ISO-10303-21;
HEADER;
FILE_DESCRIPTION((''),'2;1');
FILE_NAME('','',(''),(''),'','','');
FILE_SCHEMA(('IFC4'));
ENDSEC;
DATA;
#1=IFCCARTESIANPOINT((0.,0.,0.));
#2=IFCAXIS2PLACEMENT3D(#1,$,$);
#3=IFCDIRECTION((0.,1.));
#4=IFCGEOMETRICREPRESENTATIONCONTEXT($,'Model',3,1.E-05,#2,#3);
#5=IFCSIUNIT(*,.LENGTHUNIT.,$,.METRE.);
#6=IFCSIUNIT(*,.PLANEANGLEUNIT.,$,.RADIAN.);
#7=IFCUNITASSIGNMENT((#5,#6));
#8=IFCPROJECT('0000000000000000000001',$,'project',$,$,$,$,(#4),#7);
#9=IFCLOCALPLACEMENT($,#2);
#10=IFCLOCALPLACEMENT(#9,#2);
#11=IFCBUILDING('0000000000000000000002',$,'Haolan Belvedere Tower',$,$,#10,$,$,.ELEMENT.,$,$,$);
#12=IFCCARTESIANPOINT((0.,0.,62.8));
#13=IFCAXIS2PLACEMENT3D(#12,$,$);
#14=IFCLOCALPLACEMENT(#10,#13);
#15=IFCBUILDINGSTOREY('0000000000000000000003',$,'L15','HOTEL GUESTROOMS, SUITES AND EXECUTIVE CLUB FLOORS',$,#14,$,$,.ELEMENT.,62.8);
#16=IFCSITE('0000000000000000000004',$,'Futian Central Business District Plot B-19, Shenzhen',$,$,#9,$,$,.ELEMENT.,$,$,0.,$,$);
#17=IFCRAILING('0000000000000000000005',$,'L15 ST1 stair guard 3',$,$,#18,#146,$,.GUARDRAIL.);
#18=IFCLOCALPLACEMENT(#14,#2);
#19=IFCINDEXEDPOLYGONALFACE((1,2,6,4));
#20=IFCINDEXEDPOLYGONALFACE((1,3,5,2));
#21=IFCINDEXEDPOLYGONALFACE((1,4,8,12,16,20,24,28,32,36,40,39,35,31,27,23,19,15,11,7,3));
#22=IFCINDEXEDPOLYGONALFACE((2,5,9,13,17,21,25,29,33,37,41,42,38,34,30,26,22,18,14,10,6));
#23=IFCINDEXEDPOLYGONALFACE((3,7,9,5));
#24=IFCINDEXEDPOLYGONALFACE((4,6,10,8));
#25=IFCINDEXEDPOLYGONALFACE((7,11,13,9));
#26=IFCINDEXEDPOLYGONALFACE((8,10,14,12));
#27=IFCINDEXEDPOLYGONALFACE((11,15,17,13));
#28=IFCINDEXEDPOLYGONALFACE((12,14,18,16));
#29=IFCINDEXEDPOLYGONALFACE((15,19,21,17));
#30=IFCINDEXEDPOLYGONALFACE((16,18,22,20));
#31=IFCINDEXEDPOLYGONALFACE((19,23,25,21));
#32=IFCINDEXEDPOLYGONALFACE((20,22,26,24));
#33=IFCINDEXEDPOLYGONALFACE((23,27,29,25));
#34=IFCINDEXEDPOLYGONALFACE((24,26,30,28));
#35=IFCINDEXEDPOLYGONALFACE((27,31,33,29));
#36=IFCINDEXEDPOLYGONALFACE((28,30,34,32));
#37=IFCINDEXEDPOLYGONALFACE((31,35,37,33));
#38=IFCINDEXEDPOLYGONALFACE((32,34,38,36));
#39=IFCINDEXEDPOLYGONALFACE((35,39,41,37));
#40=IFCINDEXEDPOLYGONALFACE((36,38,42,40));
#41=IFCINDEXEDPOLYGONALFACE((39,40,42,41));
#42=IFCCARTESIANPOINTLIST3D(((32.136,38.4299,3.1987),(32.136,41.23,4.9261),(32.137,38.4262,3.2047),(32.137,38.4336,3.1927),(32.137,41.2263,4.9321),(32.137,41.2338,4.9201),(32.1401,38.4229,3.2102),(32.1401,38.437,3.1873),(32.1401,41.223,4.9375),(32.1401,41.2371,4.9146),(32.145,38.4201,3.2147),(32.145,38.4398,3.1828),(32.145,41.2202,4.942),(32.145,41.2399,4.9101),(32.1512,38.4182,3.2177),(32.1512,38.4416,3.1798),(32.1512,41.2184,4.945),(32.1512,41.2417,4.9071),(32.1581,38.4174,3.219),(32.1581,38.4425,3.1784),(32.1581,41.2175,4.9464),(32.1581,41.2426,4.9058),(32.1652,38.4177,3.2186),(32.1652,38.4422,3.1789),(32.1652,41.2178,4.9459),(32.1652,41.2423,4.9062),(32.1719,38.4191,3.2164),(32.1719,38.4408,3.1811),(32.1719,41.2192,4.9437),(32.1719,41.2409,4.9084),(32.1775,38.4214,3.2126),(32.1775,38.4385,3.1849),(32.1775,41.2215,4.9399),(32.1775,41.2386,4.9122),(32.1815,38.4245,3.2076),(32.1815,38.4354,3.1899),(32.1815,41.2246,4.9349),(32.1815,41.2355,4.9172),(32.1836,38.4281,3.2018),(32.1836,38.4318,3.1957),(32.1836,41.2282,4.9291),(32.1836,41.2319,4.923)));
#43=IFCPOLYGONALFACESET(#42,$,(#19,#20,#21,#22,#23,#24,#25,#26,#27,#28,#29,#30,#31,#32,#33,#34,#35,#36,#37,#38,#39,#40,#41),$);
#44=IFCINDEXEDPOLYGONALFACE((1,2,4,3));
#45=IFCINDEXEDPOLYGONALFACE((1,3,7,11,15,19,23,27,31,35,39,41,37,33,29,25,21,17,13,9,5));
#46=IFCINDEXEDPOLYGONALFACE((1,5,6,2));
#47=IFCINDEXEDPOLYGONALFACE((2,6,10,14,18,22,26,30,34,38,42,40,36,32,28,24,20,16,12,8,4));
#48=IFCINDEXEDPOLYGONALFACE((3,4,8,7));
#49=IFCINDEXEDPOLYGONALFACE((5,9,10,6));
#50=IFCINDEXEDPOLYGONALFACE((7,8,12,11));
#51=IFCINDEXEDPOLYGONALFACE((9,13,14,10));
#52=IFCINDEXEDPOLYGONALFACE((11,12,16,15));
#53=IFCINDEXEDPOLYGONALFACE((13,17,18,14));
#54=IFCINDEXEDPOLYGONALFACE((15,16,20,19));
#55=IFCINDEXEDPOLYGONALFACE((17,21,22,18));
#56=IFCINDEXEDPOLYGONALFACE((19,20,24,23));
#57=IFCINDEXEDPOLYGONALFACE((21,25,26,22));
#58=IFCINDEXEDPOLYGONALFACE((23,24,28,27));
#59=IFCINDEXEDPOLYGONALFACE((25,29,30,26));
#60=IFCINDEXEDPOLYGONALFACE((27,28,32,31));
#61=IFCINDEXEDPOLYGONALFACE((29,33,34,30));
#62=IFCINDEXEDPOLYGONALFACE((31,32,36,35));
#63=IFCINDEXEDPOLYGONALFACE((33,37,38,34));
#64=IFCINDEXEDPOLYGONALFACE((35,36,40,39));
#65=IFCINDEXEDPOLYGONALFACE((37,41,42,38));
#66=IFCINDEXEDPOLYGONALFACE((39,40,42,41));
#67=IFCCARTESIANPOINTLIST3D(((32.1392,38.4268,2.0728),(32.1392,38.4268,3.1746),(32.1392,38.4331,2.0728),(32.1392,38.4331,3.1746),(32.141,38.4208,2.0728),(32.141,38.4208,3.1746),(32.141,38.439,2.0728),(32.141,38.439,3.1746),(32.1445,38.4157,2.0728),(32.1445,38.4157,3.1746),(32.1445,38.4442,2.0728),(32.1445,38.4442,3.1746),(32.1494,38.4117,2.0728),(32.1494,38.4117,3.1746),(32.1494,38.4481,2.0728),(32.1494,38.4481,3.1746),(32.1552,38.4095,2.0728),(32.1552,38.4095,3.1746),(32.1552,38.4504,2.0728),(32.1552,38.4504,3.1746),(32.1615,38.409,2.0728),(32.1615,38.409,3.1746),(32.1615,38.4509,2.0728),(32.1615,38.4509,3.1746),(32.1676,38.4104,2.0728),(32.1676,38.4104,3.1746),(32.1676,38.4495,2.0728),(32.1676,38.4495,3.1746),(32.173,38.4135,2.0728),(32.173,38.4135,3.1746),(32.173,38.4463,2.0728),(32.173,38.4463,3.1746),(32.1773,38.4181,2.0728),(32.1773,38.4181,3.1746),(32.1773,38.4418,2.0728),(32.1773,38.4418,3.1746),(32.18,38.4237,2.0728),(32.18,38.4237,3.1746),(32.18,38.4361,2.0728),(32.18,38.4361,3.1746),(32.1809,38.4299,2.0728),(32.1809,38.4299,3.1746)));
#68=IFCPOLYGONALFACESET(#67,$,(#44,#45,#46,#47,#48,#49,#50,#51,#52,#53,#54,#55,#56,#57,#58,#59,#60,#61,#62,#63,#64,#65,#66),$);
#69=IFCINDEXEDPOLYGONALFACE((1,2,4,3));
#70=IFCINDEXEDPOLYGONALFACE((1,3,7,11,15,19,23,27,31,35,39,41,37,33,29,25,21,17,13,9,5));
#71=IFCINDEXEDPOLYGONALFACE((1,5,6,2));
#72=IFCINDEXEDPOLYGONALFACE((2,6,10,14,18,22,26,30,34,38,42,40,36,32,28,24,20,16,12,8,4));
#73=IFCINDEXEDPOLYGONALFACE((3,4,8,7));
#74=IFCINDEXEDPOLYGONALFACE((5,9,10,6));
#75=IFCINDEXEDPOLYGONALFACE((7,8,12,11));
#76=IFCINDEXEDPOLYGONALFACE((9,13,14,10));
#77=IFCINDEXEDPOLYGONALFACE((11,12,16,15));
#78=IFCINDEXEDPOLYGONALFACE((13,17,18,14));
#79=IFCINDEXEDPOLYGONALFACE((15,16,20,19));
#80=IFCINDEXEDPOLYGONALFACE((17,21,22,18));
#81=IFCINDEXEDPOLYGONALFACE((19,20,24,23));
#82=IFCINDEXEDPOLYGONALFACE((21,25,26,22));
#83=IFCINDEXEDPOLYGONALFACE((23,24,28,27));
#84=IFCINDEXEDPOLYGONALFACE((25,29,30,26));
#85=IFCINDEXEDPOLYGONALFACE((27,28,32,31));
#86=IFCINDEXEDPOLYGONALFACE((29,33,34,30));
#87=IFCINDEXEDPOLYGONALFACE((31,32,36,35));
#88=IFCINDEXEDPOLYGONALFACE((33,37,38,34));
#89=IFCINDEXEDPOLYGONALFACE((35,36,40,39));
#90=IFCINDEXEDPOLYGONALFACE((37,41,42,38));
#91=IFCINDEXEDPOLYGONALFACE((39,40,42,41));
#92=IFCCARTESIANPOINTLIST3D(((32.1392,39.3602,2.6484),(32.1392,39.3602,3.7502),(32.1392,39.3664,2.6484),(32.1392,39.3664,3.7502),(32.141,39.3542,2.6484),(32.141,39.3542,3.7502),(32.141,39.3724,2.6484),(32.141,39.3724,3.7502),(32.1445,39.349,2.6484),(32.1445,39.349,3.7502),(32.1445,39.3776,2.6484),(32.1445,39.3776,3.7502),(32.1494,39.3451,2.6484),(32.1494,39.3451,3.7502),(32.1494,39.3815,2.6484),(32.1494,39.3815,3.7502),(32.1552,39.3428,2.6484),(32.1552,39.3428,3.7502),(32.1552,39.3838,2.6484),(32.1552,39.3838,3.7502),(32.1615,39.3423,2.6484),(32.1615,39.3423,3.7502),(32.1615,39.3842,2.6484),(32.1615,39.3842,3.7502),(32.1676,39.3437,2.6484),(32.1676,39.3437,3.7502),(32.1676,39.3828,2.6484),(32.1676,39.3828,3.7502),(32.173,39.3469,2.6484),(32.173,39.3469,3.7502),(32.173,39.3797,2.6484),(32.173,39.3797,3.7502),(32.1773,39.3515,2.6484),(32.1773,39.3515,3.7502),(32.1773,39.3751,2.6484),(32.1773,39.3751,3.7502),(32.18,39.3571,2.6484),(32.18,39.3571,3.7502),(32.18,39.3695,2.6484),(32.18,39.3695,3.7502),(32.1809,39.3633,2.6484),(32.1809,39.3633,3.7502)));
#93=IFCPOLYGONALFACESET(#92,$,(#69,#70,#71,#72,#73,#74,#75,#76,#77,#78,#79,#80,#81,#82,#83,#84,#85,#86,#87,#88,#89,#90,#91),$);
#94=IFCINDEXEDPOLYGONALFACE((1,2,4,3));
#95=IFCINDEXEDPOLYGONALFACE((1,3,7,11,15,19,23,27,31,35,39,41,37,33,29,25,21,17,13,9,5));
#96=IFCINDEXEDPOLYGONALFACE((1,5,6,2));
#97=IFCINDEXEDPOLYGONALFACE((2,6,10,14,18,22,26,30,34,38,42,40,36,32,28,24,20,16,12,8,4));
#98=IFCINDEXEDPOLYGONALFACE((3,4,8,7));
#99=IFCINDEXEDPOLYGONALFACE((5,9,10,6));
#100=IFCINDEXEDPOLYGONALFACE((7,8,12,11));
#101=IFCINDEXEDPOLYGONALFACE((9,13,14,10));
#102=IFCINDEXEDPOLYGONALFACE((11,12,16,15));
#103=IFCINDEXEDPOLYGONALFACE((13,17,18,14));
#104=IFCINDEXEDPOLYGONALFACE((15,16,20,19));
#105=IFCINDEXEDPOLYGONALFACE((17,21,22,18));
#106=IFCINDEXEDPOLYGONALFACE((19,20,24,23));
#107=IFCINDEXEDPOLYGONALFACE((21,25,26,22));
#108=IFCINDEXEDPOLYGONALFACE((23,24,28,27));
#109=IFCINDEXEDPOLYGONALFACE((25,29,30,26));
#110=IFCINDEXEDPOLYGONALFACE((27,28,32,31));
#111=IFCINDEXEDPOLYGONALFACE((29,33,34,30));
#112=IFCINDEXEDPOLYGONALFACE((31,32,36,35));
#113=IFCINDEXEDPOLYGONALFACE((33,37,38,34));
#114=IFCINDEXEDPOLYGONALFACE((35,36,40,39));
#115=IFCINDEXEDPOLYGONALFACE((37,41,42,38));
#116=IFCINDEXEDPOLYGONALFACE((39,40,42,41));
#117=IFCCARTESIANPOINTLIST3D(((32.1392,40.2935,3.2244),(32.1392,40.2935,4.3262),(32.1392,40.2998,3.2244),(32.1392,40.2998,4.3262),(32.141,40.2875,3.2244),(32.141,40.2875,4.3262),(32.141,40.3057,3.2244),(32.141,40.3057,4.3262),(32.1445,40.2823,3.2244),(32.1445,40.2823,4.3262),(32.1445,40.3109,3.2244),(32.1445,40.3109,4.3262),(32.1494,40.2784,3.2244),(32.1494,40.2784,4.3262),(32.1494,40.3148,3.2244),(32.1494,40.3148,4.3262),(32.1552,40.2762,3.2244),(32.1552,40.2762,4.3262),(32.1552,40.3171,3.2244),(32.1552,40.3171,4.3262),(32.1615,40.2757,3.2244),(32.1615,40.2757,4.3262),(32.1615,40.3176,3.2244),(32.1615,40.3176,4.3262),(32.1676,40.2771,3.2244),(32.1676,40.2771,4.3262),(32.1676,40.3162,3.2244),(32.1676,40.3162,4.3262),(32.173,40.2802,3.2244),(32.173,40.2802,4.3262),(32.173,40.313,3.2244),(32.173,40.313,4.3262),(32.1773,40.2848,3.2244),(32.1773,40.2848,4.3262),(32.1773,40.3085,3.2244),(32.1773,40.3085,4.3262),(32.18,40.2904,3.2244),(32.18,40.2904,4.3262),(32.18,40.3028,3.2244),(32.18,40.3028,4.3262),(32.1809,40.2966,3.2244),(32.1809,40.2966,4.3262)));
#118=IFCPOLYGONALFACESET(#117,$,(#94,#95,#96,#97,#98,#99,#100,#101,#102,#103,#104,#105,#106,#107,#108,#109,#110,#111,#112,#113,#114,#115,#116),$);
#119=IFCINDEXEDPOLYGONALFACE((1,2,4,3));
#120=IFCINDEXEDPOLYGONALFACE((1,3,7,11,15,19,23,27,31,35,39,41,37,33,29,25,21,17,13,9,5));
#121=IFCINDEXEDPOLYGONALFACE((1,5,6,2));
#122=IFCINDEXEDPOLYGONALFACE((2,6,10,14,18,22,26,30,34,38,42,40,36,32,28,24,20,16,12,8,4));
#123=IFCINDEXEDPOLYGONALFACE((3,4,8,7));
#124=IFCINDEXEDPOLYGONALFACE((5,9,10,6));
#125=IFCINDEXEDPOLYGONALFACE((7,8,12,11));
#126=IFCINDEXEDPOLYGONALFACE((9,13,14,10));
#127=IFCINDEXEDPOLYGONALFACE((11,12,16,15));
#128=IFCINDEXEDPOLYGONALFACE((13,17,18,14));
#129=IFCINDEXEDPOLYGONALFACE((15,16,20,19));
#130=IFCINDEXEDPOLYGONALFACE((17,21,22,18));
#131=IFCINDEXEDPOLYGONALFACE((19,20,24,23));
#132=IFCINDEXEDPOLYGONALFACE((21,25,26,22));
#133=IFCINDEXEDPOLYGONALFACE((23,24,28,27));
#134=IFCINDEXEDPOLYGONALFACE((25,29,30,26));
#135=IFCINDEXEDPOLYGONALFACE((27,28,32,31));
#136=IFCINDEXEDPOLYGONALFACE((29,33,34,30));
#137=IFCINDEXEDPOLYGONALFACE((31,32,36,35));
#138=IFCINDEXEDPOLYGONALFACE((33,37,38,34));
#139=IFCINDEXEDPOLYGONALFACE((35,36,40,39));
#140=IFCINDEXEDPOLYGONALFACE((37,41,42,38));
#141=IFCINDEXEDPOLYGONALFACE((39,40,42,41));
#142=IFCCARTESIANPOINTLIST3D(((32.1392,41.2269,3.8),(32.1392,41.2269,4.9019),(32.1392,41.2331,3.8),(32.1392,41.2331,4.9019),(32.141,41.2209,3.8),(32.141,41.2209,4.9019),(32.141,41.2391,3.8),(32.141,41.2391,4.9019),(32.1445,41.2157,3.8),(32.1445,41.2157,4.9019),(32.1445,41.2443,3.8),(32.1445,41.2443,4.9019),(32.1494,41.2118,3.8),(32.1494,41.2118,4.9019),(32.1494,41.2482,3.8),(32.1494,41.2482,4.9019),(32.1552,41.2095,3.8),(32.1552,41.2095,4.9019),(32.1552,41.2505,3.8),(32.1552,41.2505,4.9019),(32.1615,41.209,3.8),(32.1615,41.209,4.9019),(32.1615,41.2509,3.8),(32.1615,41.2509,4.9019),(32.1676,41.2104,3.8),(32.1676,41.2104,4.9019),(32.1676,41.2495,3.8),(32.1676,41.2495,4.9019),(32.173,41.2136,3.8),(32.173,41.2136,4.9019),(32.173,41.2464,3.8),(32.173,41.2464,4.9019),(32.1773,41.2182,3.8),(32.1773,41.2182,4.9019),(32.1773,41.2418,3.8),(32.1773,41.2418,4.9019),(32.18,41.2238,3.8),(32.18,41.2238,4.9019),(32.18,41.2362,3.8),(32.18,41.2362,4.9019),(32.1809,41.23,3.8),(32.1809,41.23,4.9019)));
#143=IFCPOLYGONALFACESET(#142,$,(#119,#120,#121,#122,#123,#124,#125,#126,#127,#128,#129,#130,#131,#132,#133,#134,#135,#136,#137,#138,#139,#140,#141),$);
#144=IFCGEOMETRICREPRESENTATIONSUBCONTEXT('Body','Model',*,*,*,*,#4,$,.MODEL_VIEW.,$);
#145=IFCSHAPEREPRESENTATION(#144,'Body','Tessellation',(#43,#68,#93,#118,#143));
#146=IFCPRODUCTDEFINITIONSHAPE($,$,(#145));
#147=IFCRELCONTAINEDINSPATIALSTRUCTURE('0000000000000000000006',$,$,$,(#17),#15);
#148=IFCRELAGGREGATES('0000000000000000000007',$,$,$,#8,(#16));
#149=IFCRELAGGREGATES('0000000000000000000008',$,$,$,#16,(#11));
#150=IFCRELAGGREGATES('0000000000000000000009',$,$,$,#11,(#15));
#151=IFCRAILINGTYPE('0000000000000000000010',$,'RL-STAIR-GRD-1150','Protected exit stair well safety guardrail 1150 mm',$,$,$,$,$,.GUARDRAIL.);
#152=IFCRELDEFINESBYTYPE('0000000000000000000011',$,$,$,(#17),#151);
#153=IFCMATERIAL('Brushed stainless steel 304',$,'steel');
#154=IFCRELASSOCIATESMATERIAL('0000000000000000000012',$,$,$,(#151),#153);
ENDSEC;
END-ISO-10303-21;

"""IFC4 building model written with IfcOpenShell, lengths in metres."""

from ifc_helpers import new_model, si_unit, direction, frame, origin, origin_2d, place, context, subcontext, project, spatial, circle, extrude, material, type_object, element, save


model = new_model("IFC4")

# Units and contexts
model_context = context("Model", 3, precision=1e-05, world=origin(), true_north=direction((0.0, 1.0)))
body_context = subcontext(model_context, "Body", "Model", "MODEL_VIEW")
ifc_project = project(units=[si_unit("LENGTHUNIT", "METRE"), si_unit("PLANEANGLEUNIT", "RADIAN")], contexts=[model_context])

# Site, building, storey
site_placement = place(None, origin())
site = spatial("IfcSite", under=ifc_project, at=site_placement, Name="Futian Central Business District Plot B-19, Shenzhen", CompositionType="ELEMENT", RefElevation=0.0)
building_placement = place(site_placement, origin())
building = spatial("IfcBuilding", under=site, at=building_placement, Name="Haolan Belvedere Tower", CompositionType="ELEMENT")
storey_placement = place(building_placement, frame((0.0, 0.0, 62.8)))
storey = spatial("IfcBuildingStorey", under=building, at=storey_placement, Name="L15", Description="HOTEL GUESTROOMS, SUITES AND EXECUTIVE CLUB FLOORS", CompositionType="ELEMENT", Elevation=62.8)

# Railing
ifc_material_1 = material(Name="Brushed stainless steel 304", Category="steel")
railing_type_1 = type_object("IfcRailingType", Name="RL-STAIR-GRD-1150", Description="Protected exit stair well safety guardrail 1150 mm", PredefinedType="GUARDRAIL", material=ifc_material_1)
railing_1_placement = place(storey_placement, frame((32.1599, 38.4299, 2.0728)))
element("IfcRailing", 1, at=railing_1_placement, inside=storey, type_object=railing_type_1, Name="L15 ST1 stair guard 3", PredefinedType="GUARDRAIL", context=body_context, shape_type="SweptSolid", body=[
    extrude(circle(Radius=0.0239, at=origin_2d()), frame((0.0, 0.0, 1.126), z_axis=(0.0, 0.85109, 0.52502), x_axis=(-1.0, 0.0, 0.0)), (0.0, 0.0, 1.0), 3.29),
    extrude(circle(Radius=0.021, at=origin_2d()), origin(), (0.0, 0.0, 1.0), 1.1018),
    extrude(circle(Radius=0.021, at=origin_2d()), frame((0.0, 0.9333, 0.5757)), (0.0, 0.0, 1.0), 1.1018),
    extrude(circle(Radius=0.021, at=origin_2d()), frame((0.0, 1.8667, 1.1516)), (0.0, 0.0, 1.0), 1.1018),
    extrude(circle(Radius=0.021, at=origin_2d()), frame((0.0, 2.8, 1.7273)), (0.0, 0.0, 1.0), 1.1018),
])

save(model, "model.ifc")
